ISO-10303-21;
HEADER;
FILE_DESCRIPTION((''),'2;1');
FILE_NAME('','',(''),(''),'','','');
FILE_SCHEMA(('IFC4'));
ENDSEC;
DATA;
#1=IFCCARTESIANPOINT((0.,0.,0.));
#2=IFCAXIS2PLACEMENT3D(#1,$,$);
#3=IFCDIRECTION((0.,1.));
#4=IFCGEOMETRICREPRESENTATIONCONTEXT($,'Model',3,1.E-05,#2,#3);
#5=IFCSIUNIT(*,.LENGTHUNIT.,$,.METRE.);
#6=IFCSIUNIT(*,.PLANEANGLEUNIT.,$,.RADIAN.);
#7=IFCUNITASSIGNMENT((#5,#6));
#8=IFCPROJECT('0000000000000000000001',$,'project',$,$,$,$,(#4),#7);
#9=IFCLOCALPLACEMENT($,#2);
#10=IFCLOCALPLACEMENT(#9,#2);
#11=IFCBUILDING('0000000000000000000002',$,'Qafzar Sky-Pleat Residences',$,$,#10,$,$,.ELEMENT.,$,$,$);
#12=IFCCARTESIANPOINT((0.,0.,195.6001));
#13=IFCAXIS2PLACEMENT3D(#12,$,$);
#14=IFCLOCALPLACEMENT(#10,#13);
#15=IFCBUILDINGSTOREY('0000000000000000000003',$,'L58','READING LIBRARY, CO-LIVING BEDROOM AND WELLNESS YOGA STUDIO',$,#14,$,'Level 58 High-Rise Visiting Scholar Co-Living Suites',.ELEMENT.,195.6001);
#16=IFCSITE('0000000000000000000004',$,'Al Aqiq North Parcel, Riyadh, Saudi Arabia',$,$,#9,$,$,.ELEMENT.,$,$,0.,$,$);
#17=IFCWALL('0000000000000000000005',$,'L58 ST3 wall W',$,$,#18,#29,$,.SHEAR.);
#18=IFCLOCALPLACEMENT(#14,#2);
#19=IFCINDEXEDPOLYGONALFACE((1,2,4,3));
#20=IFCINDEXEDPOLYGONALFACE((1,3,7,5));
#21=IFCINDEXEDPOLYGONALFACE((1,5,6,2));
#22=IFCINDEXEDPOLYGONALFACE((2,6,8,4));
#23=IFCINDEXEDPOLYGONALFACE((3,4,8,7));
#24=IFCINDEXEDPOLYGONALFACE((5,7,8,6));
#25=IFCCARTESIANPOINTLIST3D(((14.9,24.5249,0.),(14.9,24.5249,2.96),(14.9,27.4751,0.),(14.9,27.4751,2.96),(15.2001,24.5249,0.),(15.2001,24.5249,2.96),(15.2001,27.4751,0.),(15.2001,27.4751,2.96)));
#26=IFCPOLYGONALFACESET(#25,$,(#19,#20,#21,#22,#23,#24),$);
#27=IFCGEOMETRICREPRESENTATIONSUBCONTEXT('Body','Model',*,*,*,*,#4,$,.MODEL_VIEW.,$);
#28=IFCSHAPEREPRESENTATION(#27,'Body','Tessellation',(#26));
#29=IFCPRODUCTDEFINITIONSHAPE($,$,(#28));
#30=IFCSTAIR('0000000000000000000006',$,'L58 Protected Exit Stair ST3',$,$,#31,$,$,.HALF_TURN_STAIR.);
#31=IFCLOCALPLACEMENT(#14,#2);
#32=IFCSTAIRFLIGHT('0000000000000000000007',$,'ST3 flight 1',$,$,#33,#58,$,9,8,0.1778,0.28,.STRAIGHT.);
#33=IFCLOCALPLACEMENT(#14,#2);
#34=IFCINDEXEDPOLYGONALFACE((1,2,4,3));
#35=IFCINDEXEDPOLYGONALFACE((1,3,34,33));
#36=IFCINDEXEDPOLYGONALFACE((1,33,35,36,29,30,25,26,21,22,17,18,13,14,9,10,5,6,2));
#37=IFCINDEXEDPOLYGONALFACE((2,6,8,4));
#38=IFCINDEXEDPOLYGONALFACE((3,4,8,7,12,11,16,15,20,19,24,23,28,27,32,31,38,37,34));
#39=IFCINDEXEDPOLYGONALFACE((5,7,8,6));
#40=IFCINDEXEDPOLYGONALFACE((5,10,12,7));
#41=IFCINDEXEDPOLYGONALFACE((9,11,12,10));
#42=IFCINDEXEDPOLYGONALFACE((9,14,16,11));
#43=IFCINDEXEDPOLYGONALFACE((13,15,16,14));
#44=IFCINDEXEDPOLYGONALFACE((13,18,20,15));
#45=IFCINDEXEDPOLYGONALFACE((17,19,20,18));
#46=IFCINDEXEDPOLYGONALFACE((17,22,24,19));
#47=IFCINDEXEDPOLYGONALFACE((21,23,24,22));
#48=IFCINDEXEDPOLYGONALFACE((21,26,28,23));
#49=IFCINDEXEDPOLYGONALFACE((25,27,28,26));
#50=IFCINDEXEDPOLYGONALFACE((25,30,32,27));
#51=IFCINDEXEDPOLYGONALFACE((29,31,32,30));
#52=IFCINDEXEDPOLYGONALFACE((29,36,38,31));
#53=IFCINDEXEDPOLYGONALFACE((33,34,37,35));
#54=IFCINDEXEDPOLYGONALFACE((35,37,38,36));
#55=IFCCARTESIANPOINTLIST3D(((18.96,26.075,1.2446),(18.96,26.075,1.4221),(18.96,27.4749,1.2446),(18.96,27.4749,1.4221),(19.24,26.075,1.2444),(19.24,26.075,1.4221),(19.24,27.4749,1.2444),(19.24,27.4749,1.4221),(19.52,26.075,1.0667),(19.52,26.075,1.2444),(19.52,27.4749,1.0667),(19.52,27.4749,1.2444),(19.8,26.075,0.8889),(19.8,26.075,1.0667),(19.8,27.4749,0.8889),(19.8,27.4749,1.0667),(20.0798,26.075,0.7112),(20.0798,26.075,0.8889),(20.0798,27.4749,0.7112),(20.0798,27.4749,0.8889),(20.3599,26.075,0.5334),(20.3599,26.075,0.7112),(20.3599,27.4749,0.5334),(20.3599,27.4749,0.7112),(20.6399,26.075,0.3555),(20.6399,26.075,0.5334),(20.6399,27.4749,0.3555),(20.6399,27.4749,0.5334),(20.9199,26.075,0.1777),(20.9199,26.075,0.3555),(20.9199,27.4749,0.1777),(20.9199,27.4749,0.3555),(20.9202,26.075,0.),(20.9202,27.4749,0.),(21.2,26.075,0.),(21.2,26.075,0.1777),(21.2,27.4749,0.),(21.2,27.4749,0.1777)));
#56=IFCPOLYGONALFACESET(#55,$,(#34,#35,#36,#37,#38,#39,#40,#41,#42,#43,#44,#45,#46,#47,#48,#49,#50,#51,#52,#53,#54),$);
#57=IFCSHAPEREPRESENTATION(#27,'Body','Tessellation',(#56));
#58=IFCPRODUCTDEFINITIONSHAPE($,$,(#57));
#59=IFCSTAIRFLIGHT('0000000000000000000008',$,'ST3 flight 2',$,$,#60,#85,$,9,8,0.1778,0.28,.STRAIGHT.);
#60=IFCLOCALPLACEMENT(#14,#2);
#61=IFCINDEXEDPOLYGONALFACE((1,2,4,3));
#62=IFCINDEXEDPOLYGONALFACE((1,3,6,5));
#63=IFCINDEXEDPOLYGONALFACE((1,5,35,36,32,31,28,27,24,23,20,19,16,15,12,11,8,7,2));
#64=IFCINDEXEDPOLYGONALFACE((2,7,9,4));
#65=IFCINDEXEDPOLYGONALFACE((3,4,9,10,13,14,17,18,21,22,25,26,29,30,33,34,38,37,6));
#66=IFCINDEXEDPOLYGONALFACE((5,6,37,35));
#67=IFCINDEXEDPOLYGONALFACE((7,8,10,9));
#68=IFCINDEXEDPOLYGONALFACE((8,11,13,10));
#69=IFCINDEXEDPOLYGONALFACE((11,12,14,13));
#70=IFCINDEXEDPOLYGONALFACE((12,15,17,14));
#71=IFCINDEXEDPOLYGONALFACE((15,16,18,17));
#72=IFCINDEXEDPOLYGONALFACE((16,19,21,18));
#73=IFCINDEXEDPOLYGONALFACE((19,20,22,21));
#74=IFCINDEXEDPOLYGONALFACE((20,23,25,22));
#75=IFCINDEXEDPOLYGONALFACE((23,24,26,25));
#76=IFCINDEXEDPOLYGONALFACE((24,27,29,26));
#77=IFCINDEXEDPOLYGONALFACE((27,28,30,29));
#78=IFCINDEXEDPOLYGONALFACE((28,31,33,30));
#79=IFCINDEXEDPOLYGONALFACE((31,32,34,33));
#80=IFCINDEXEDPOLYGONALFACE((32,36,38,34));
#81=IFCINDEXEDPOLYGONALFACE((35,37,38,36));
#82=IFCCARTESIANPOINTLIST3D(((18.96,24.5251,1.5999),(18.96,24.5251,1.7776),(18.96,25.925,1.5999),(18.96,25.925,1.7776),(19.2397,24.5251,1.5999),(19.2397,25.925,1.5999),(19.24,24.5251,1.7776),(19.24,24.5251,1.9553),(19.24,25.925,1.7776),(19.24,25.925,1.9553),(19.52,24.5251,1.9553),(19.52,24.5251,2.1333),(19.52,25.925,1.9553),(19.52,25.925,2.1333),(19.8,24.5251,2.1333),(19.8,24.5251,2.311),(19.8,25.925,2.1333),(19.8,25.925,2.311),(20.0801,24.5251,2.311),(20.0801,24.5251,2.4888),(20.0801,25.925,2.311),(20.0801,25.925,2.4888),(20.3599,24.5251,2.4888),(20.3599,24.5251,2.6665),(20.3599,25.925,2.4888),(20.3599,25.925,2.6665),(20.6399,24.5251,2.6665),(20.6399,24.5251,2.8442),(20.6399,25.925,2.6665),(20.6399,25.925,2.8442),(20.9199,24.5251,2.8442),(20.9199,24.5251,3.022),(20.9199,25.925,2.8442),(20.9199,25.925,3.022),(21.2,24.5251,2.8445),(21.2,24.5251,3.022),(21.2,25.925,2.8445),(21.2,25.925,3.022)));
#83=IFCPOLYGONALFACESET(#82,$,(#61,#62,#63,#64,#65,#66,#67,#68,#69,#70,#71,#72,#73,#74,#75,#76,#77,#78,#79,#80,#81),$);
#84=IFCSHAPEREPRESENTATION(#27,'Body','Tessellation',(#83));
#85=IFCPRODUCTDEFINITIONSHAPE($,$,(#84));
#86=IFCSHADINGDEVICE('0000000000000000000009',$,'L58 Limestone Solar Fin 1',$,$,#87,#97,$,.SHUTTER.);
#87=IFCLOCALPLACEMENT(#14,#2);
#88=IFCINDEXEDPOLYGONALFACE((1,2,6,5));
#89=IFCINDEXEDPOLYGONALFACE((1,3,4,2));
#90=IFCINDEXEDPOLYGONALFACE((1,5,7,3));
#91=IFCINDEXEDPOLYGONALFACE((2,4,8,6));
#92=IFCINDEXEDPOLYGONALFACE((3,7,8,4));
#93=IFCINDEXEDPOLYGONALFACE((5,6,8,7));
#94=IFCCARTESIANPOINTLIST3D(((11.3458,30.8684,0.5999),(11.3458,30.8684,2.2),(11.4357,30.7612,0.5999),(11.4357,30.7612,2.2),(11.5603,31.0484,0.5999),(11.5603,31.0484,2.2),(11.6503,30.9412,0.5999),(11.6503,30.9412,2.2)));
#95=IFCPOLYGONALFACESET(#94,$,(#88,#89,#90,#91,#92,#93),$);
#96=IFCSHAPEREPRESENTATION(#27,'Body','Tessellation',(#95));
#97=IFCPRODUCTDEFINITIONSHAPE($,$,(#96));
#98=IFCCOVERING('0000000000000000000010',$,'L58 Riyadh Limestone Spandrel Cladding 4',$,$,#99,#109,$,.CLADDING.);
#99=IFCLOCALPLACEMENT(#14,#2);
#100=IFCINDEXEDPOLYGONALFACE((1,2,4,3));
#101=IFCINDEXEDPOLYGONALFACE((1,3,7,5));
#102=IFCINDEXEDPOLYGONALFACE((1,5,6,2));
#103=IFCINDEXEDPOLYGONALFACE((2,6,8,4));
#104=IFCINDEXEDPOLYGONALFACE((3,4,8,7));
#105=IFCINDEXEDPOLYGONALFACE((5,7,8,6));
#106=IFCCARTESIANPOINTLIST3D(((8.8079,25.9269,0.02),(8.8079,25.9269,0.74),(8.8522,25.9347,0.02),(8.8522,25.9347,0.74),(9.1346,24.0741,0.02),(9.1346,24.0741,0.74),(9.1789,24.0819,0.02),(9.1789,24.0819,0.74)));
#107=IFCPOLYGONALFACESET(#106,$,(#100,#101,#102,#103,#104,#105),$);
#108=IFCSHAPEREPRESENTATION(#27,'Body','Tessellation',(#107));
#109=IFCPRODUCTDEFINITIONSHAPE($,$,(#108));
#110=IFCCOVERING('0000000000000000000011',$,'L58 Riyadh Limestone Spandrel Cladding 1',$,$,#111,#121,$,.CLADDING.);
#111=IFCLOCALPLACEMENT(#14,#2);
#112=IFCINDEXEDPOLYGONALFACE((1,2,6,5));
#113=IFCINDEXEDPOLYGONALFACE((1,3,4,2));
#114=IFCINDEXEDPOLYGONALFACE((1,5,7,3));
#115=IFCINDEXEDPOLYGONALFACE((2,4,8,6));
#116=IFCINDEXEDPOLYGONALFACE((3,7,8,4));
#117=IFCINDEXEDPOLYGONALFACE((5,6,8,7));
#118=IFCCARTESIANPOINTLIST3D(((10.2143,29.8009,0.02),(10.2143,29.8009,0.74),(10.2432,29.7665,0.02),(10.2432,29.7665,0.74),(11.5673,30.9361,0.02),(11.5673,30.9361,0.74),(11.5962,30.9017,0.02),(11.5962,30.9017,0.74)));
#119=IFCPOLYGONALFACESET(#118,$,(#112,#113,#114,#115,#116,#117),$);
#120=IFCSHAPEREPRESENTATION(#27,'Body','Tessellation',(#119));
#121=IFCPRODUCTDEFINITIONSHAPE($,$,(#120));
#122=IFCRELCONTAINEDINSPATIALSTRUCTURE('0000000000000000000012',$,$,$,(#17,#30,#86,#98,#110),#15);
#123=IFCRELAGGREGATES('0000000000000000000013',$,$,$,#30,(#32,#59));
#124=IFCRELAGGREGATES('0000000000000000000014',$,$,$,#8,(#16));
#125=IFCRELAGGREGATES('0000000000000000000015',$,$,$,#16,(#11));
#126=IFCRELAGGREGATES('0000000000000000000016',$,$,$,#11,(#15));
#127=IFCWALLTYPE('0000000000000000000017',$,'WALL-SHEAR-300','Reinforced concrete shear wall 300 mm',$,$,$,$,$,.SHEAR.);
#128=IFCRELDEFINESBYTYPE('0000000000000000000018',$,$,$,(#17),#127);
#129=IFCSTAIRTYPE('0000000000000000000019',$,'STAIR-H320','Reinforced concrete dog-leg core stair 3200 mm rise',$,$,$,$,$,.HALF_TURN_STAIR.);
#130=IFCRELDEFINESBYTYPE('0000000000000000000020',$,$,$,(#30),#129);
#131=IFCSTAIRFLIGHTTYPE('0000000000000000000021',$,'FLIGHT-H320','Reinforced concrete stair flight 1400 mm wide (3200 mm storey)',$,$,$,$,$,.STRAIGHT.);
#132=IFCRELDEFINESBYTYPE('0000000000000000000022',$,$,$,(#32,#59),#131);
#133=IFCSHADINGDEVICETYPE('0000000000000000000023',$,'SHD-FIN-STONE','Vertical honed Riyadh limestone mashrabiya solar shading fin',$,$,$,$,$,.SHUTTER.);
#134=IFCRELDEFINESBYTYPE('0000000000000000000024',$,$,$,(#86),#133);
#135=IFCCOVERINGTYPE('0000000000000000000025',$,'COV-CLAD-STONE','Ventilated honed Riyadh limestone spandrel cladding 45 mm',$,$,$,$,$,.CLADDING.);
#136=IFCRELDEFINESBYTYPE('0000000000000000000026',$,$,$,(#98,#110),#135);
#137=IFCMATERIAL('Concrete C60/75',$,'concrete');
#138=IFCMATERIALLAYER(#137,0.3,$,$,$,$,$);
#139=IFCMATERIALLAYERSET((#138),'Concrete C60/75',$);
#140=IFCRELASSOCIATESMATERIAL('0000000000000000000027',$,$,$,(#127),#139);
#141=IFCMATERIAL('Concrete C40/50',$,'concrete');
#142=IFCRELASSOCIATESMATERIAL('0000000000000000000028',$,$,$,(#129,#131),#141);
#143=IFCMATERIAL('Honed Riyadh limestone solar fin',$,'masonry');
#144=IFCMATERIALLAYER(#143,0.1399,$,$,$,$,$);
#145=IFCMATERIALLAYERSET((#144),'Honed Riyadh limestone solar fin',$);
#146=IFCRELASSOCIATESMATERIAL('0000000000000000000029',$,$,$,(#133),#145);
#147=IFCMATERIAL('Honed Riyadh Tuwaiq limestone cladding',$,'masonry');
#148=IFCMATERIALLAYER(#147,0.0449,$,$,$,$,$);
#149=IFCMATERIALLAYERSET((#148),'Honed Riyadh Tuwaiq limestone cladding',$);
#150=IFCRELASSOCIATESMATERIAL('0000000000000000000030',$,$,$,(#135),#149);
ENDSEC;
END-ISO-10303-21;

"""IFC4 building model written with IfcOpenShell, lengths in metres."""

from ifc_helpers import new_model, si_unit, direction, frame, frame_2d, origin, origin_2d, place, context, subcontext, project, spatial, polyline, rectangle, outline, extrude, source, transform, mapped, material, layer, layer_set, type_object, element, aggregate, save


model = new_model("IFC4")

# Units and contexts
model_context = context("Model", 3, precision=1e-05, world=origin(), true_north=direction((0.0, 1.0)))
body_context = subcontext(model_context, "Body", "Model", "MODEL_VIEW")
ifc_project = project(units=[si_unit("LENGTHUNIT", "METRE"), si_unit("PLANEANGLEUNIT", "RADIAN")], contexts=[model_context])

# Site, building, storey
site_placement = place(None, origin())
site = spatial("IfcSite", under=ifc_project, at=site_placement, Name="Al Aqiq North Parcel, Riyadh, Saudi Arabia", CompositionType="ELEMENT", RefElevation=0.0)
building_placement = place(site_placement, origin())
building = spatial("IfcBuilding", under=site, at=building_placement, Name="Qafzar Sky-Pleat Residences", CompositionType="ELEMENT")
storey_placement = place(building_placement, frame((0.0, 0.0, 195.6001)))
storey = spatial("IfcBuildingStorey", under=building, at=storey_placement, Name="L58", Description="READING LIBRARY, CO-LIVING BEDROOM AND WELLNESS YOGA STUDIO", LongName="Level 58 High-Rise Visiting Scholar Co-Living Suites", CompositionType="ELEMENT", Elevation=195.6001)

# Wall
ifc_material_1 = material(Name="Concrete C60/75", Category="concrete")
ifc_layer_1 = layer(ifc_material_1, 0.3)
ifc_layer_set_1 = layer_set([ifc_layer_1], Name="Concrete C60/75")
wall_type_1 = type_object("IfcWallType", Name="WALL-SHEAR-300", Description="Reinforced concrete shear wall 300 mm", PredefinedType="SHEAR", material=ifc_layer_set_1)
wall_1_placement = place(storey_placement, frame((15.05, 27.4751, 0.0), z_axis=(0.0, 0.0, 1.0), x_axis=(0.0, -1.0, 0.0)))
element("IfcWall", 1, at=wall_1_placement, inside=storey, type_object=wall_type_1, Name="L58 ST3 wall W", PredefinedType="SHEAR", context=body_context, shape_type="SweptSolid", body=[
    extrude(rectangle(XDim=2.9502, YDim=0.3, at=frame_2d((1.4751, 0.0))), origin(), (0.0, 0.0, 1.0), 2.96),
])

# Stair, stair flights
ifc_material_2 = material(Name="Concrete C40/50", Category="concrete")
stair_type = type_object("IfcStairType", Name="STAIR-H320", Description="Reinforced concrete dog-leg core stair 3200 mm rise", PredefinedType="HALF_TURN_STAIR", material=ifc_material_2)
stair_placement = place(storey_placement, origin())
stair = element("IfcStair", 2, at=stair_placement, inside=storey, type_object=stair_type, Name="L58 Protected Exit Stair ST3", PredefinedType="HALF_TURN_STAIR")
stair_flight_type = type_object("IfcStairFlightType", Name="FLIGHT-H320", Description="Reinforced concrete stair flight 1400 mm wide (3200 mm storey)", PredefinedType="STRAIGHT", material=ifc_material_2)
shared_shape_1 = source(origin(), body_context, "Body", "SweptSolid", [
    extrude(outline(polyline([(0.0, 0.0), (0.0, 0.1777), (0.28, 0.1777), (0.28, 0.3555), (0.5601, 0.3555), (0.5601, 0.5334), (0.8401, 0.5334), (0.8401, 0.7112), (1.1201, 0.7112), (1.1201, 0.8889), (1.3999, 0.8889), (1.3999, 1.0667), (1.6799, 1.0667), (1.6799, 1.2444), (1.96, 1.2444), (1.96, 1.4221), (2.24, 1.4221), (2.24, 1.6001), (2.24, 1.2446), (0.2798, 0.0), (0.0, 0.0)])), frame((0.0, 0.7, 0.0), z_axis=(0.0, -1.0, 0.0), x_axis=(1.0, 0.0, 0.0)), (0.0, 0.0, 1.0), 1.3999),
])
stair_flight_1_placement = place(storey_placement, frame((21.2, 26.7749, 0.0), z_axis=(0.0, 0.0, 1.0), x_axis=(-1.0, 0.0, 0.0)))
stair_flight_1 = element("IfcStairFlight", 3, at=stair_flight_1_placement, type_object=stair_flight_type, Name="ST3 flight 1", NumberOfRisers=9, NumberOfTreads=8, PredefinedType="STRAIGHT", RiserHeight=0.1778, TreadLength=0.28, context=body_context, shape_type="MappedRepresentation", body=[
    mapped(shared_shape_1, transform((0.0, 0.0, 0.0), x_axis=(1.0, 0.0, 0.0), y_axis=(0.0, 1.0, 0.0), z_axis=(0.0, 0.0, 1.0), scale=1.0)),
])
stair_flight_2_placement = place(storey_placement, frame((18.96, 25.2251, 1.5999), z_axis=(0.0, 0.0, 1.0), x_axis=(1.0, 0.0, 0.0)))
stair_flight_2 = element("IfcStairFlight", 4, at=stair_flight_2_placement, type_object=stair_flight_type, Name="ST3 flight 2", NumberOfRisers=9, NumberOfTreads=8, PredefinedType="STRAIGHT", RiserHeight=0.1778, TreadLength=0.28, context=body_context, shape_type="MappedRepresentation", body=[
    mapped(shared_shape_1, transform((0.0, 0.0, 0.0), x_axis=(1.0, 0.0, 0.0), y_axis=(0.0, 1.0, 0.0), z_axis=(0.0, 0.0, 1.0), scale=1.0)),
])
aggregate(stair, [stair_flight_1, stair_flight_2])

# Shading device
ifc_material_3 = material(Name="Honed Riyadh limestone solar fin", Category="masonry")
ifc_layer_2 = layer(ifc_material_3, 0.1399)
ifc_layer_set_2 = layer_set([ifc_layer_2], Name="Honed Riyadh limestone solar fin")
shading_device_type = type_object("IfcShadingDeviceType", Name="SHD-FIN-STONE", Description="Vertical honed Riyadh limestone mashrabiya solar shading fin", PredefinedType="SHUTTER", material=ifc_layer_set_2)
shared_shape_2 = source(origin(), body_context, "Body", "SweptSolid", [
    extrude(rectangle(XDim=0.1399, YDim=0.28, at=origin_2d()), origin(), (0.0, 0.0, 1.0), 1.6001),
])
shading_device_placement = place(storey_placement, frame((11.498, 30.9048, 0.5999), z_axis=(0.0, 0.0, 1.0), x_axis=(-0.642754, 0.766072, 0.0)))
element("IfcShadingDevice", 5, at=shading_device_placement, inside=storey, type_object=shading_device_type, Name="L58 Limestone Solar Fin 1", PredefinedType="SHUTTER", context=body_context, shape_type="MappedRepresentation", body=[
    mapped(shared_shape_2, transform((0.0, 0.0, 0.0), x_axis=(1.0, 0.0, 0.0), y_axis=(0.0, 1.0, 0.0), z_axis=(0.0, 0.0, 1.0), scale=1.0)),
])

# Coverings
ifc_material_4 = material(Name="Honed Riyadh Tuwaiq limestone cladding", Category="masonry")
ifc_layer_3 = layer(ifc_material_4, 0.0449)
ifc_layer_set_3 = layer_set([ifc_layer_3], Name="Honed Riyadh Tuwaiq limestone cladding")
covering_type = type_object("IfcCoveringType", Name="COV-CLAD-STONE", Description="Ventilated honed Riyadh limestone spandrel cladding 45 mm", PredefinedType="CLADDING", material=ifc_layer_set_3)
shared_shape_3 = source(origin(), body_context, "Body", "SweptSolid", [
    extrude(rectangle(XDim=1.8813, YDim=0.0449, at=origin_2d()), origin(), (0.0, 0.0, 1.0), 0.72),
])
covering_1_placement = place(storey_placement, frame((8.9934, 25.0044, 0.02), z_axis=(0.0, 0.0, 1.0), x_axis=(0.173663, -0.984805, 0.0)))
element("IfcCovering", 6, at=covering_1_placement, inside=storey, type_object=covering_type, Name="L58 Riyadh Limestone Spandrel Cladding 4", PredefinedType="CLADDING", context=body_context, shape_type="MappedRepresentation", body=[
    mapped(shared_shape_3, transform((0.0, 0.0, 0.0), x_axis=(1.0, 0.0, 0.0), y_axis=(0.0, 1.0, 0.0), z_axis=(0.0, 0.0, 1.0), scale=1.0)),
])
shared_shape_4 = source(origin(), body_context, "Body", "SweptSolid", [
    extrude(rectangle(XDim=1.7661, YDim=0.0449, at=origin_2d()), origin(), (0.0, 0.0, 1.0), 0.72),
])
covering_2_placement = place(storey_placement, frame((10.9053, 30.3513, 0.02), z_axis=(0.0, 0.0, 1.0), x_axis=(-0.766074, -0.642752, 0.0)))
element("IfcCovering", 7, at=covering_2_placement, inside=storey, type_object=covering_type, Name="L58 Riyadh Limestone Spandrel Cladding 1", PredefinedType="CLADDING", context=body_context, shape_type="MappedRepresentation", body=[
    mapped(shared_shape_4, transform((0.0, 0.0, 0.0), x_axis=(1.0, 0.0, 0.0), y_axis=(0.0, 1.0, 0.0), z_axis=(0.0, 0.0, 1.0), scale=1.0)),
])

save(model, "model.ifc")
